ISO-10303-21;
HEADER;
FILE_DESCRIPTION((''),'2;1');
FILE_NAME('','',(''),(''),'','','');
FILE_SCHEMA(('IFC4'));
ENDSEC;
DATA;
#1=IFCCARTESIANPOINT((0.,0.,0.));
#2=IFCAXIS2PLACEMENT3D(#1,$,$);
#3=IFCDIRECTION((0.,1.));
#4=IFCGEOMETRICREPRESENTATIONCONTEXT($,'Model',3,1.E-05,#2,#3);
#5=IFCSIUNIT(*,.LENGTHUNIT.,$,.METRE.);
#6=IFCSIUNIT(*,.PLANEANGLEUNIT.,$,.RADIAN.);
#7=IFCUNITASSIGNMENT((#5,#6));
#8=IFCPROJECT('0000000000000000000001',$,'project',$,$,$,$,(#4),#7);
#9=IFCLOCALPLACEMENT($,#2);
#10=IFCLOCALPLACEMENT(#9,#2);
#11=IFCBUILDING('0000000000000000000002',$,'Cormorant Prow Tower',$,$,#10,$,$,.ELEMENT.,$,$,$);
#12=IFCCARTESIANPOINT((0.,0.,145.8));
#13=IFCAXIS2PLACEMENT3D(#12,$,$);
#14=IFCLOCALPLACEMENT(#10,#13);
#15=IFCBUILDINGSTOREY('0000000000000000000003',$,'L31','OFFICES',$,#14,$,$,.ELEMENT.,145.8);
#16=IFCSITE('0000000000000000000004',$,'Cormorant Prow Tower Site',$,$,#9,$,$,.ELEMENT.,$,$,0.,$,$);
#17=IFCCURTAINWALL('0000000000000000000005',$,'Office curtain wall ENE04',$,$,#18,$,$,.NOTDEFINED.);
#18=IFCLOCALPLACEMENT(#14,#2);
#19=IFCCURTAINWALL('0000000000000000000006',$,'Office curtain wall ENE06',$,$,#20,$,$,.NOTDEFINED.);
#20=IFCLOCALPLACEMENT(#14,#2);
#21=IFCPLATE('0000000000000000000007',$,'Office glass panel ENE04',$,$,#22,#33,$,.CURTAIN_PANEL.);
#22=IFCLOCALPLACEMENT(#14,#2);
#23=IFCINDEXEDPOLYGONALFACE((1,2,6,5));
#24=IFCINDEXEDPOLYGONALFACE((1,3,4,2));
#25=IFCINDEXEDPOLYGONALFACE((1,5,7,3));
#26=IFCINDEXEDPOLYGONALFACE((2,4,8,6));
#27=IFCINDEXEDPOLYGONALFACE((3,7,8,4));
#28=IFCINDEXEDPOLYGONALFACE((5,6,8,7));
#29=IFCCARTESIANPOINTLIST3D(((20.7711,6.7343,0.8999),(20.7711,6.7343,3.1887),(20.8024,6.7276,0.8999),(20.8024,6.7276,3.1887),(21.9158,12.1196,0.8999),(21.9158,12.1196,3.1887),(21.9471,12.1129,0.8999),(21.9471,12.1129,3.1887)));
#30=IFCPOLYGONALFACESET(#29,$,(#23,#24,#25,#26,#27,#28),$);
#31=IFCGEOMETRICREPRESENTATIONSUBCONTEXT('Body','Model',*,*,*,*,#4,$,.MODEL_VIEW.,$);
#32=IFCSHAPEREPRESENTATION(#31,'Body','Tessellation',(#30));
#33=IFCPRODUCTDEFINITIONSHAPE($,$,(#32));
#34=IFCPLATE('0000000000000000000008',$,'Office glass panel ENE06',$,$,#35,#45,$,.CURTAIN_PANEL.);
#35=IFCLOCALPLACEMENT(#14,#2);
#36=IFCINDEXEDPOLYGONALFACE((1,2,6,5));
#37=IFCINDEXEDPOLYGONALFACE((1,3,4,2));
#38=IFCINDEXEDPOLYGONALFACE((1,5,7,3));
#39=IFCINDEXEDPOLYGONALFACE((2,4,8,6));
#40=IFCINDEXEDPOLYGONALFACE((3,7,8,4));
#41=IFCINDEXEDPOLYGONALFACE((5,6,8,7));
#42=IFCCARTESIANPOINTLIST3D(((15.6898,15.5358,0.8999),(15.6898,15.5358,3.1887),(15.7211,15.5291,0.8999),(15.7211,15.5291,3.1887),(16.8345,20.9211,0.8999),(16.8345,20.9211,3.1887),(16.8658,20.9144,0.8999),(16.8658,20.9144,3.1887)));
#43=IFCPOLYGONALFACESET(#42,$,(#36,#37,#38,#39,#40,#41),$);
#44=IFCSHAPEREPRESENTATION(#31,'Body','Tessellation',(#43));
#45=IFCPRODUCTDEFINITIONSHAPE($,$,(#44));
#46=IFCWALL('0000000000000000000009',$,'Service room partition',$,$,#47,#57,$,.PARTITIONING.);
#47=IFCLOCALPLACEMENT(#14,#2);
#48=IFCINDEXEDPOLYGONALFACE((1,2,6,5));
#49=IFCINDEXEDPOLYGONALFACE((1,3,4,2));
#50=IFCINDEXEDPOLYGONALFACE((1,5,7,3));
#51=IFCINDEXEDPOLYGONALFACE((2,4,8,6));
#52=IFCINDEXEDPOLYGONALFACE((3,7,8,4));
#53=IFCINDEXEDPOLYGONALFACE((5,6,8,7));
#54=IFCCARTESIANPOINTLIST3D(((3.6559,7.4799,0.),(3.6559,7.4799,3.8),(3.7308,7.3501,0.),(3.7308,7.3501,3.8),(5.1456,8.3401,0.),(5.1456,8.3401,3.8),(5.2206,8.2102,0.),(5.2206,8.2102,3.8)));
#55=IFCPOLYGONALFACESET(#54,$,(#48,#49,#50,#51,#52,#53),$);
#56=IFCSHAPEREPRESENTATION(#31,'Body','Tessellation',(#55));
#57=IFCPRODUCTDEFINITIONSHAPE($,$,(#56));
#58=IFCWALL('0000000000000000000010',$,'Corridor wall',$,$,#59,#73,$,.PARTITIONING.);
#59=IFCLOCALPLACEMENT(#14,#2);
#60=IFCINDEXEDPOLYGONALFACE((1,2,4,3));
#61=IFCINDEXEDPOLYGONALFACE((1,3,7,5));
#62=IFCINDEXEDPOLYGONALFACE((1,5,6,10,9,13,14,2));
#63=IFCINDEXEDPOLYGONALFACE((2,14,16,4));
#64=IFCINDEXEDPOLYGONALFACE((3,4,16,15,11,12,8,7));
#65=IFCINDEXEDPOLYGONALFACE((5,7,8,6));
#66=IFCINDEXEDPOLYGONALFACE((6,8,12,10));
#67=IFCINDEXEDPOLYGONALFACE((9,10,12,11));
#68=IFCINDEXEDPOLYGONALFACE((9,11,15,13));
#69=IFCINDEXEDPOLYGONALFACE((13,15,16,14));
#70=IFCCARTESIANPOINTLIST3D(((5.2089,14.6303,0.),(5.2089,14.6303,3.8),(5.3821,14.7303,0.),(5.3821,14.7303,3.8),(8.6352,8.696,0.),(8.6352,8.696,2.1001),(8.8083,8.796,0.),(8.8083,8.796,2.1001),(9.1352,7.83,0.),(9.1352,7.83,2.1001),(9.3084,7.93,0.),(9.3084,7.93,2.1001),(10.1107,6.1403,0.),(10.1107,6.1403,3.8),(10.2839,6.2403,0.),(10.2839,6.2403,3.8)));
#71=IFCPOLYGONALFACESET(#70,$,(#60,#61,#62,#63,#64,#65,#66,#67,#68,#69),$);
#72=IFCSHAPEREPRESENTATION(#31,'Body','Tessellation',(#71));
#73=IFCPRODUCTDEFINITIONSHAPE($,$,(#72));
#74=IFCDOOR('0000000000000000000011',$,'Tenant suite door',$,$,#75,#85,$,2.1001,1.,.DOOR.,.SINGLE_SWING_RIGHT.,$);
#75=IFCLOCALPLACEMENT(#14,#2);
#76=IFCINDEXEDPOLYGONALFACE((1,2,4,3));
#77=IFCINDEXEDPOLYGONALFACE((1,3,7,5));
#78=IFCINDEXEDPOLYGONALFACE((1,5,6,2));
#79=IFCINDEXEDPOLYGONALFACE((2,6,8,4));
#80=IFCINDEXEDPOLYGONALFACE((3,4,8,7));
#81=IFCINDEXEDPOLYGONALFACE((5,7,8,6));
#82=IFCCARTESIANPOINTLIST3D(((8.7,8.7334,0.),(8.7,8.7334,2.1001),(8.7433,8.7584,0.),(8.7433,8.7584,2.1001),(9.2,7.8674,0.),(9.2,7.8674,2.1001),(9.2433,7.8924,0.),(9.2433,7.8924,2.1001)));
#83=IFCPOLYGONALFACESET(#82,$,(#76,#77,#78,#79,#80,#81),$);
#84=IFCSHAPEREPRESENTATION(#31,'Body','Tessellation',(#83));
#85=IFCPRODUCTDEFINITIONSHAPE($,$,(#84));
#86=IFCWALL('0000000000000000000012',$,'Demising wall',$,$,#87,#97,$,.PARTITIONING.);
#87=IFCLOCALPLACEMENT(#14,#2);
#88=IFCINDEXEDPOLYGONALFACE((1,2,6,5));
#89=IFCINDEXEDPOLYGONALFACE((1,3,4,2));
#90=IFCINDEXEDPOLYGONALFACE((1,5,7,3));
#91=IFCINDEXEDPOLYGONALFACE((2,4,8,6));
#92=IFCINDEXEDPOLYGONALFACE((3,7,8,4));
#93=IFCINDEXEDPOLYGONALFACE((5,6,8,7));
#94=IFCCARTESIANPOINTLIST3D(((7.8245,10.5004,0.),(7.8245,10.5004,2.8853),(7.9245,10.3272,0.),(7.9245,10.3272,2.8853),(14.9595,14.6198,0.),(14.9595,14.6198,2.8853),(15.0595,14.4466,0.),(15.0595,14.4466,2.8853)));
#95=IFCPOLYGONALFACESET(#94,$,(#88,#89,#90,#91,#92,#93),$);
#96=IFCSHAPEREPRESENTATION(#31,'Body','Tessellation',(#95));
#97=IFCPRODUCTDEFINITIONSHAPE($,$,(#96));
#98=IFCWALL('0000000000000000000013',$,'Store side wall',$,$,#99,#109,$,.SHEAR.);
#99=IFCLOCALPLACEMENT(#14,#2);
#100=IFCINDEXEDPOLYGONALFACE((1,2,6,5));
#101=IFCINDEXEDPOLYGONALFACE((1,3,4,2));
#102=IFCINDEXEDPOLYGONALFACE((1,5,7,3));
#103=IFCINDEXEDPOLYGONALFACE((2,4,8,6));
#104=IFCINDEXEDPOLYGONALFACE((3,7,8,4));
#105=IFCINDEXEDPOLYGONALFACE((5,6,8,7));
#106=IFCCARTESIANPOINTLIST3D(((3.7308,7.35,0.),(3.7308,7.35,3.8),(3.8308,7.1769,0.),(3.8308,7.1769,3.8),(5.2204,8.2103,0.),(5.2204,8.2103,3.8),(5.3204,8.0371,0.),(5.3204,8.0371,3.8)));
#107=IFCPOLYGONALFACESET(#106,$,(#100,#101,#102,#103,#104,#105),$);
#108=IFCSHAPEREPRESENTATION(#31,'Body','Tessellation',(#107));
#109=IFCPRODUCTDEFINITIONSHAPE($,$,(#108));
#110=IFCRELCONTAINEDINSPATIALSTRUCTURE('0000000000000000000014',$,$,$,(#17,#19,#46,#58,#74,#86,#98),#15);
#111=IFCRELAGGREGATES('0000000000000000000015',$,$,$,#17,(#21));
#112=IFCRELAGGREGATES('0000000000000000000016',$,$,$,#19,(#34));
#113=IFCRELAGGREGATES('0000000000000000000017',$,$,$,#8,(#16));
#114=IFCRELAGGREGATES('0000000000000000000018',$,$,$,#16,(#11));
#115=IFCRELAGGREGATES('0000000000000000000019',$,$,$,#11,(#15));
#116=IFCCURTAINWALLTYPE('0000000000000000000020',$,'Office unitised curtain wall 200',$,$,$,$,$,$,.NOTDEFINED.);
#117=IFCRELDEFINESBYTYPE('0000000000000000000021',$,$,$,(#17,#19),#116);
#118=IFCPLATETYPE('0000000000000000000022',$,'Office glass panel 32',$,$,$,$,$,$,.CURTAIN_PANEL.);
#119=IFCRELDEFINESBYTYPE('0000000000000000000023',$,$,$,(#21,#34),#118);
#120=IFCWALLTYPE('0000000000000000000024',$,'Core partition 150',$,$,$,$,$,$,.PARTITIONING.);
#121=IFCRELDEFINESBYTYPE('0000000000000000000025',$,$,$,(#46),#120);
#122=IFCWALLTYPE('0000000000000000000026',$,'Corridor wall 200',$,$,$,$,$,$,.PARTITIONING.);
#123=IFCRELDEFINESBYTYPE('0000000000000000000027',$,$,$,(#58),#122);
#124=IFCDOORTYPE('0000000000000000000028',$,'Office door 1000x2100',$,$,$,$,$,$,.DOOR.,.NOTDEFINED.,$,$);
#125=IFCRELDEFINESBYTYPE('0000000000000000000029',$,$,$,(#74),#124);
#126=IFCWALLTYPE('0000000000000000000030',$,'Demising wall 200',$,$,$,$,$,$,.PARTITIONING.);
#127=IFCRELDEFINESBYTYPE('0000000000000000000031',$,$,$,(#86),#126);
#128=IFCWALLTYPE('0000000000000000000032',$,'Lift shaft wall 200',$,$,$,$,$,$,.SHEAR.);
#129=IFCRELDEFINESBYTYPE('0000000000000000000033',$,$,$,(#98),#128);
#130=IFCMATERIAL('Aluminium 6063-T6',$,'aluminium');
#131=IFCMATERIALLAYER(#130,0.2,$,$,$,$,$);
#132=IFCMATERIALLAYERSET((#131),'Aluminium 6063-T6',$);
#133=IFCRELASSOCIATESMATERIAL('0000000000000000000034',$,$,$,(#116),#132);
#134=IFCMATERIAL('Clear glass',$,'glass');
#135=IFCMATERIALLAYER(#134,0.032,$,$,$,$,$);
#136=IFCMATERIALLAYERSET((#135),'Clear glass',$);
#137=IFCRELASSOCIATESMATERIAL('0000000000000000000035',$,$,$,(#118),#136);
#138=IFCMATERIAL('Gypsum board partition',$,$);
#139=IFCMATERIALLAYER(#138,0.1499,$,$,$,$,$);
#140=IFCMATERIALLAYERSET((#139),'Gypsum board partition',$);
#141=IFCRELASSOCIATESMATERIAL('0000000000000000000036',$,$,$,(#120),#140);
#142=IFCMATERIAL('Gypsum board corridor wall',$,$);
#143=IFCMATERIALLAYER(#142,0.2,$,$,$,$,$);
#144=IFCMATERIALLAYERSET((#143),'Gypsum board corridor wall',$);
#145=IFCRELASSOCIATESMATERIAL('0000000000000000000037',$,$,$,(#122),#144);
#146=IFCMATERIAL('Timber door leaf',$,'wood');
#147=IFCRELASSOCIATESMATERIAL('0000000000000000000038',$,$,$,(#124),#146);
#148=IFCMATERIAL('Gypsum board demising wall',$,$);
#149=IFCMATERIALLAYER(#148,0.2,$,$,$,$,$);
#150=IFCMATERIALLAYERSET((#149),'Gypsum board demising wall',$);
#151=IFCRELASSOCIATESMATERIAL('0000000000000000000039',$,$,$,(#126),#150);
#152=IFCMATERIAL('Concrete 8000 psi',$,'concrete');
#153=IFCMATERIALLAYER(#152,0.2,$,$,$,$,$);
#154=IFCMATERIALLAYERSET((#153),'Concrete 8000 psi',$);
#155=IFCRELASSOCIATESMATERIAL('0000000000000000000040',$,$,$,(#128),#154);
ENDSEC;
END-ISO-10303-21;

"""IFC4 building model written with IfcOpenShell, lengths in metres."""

from ifc_helpers import new_model, si_unit, direction, frame, frame_2d, origin, origin_2d, place, context, subcontext, project, spatial, rectangle, extrude, material, layer, layer_set, type_object, element, fill, aggregate, save


model = new_model("IFC4")

# Units and contexts
model_context = context("Model", 3, precision=1e-05, world=origin(), true_north=direction((0.0, 1.0)))
body_context = subcontext(model_context, "Body", "Model", "MODEL_VIEW")
ifc_project = project(units=[si_unit("LENGTHUNIT", "METRE"), si_unit("PLANEANGLEUNIT", "RADIAN")], contexts=[model_context])

# Site, building, storey
site_placement = place(None, origin())
site = spatial("IfcSite", under=ifc_project, at=site_placement, Name="Cormorant Prow Tower Site", CompositionType="ELEMENT", RefElevation=0.0)
building_placement = place(site_placement, origin())
building = spatial("IfcBuilding", under=site, at=building_placement, Name="Cormorant Prow Tower", CompositionType="ELEMENT")
storey_placement = place(building_placement, frame((0.0, 0.0, 145.8)))
storey = spatial("IfcBuildingStorey", under=building, at=storey_placement, Name="L31", Description="OFFICES", CompositionType="ELEMENT", Elevation=145.8)

# Curtain walls
ifc_material_1 = material(Name="Aluminium 6063-T6", Category="aluminium")
ifc_layer_1 = layer(ifc_material_1, 0.2)
ifc_layer_set_1 = layer_set([ifc_layer_1], Name="Aluminium 6063-T6")
curtain_wall_type = type_object("IfcCurtainWallType", Name="Office unitised curtain wall 200", PredefinedType="NOTDEFINED", material=ifc_layer_set_1)
curtain_wall_1_placement = place(storey_placement, origin())
curtain_wall_1 = element("IfcCurtainWall", 1, at=curtain_wall_1_placement, inside=storey, type_object=curtain_wall_type, Name="Office curtain wall ENE04", PredefinedType="NOTDEFINED")
curtain_wall_2_placement = place(storey_placement, origin())
curtain_wall_2 = element("IfcCurtainWall", 2, at=curtain_wall_2_placement, inside=storey, type_object=curtain_wall_type, Name="Office curtain wall ENE06", PredefinedType="NOTDEFINED")

# Plates
ifc_material_2 = material(Name="Clear glass", Category="glass")
ifc_layer_2 = layer(ifc_material_2, 0.032)
ifc_layer_set_2 = layer_set([ifc_layer_2], Name="Clear glass")
plate_type = type_object("IfcPlateType", Name="Office glass panel 32", PredefinedType="CURTAIN_PANEL", material=ifc_layer_set_2)
plate_1_placement = place(storey_placement, frame((21.3591, 9.4236, 0.8999), z_axis=(0.0, 0.0, 1.0), x_axis=(0.207912, 0.978148, 0.0)))
plate_1 = element("IfcPlate", 3, at=plate_1_placement, type_object=plate_type, Name="Office glass panel ENE04", PredefinedType="CURTAIN_PANEL", context=body_context, shape_type="SweptSolid", body=[
    extrude(rectangle(XDim=5.5056, YDim=0.032, at=origin_2d()), origin(), (0.0, 0.0, 1.0), 2.2888),
])
aggregate(curtain_wall_1, [plate_1])
plate_2_placement = place(storey_placement, frame((16.2778, 18.2251, 0.8999), z_axis=(0.0, 0.0, 1.0), x_axis=(0.207912, 0.978148, 0.0)))
plate_2 = element("IfcPlate", 4, at=plate_2_placement, type_object=plate_type, Name="Office glass panel ENE06", PredefinedType="CURTAIN_PANEL", context=body_context, shape_type="SweptSolid", body=[
    extrude(rectangle(XDim=5.5056, YDim=0.032, at=origin_2d()), origin(), (0.0, 0.0, 1.0), 2.2888),
])
aggregate(curtain_wall_2, [plate_2])

# Wall
ifc_material_3 = material(Name="Gypsum board partition")
ifc_layer_3 = layer(ifc_material_3, 0.1499)
ifc_layer_set_3 = layer_set([ifc_layer_3], Name="Gypsum board partition")
wall_type_1 = type_object("IfcWallType", Name="Core partition 150", PredefinedType="PARTITIONING", material=ifc_layer_set_3)
wall_1_placement = place(storey_placement, frame((3.6934, 7.415, 0.0), z_axis=(0.0, 0.0, 1.0), x_axis=(0.866025, 0.500001, 0.0)))
element("IfcWall", 5, at=wall_1_placement, inside=storey, type_object=wall_type_1, Name="Service room partition", PredefinedType="PARTITIONING", context=body_context, shape_type="SweptSolid", body=[
    extrude(rectangle(XDim=1.7202, YDim=0.1499, at=frame_2d((0.8601, 0.0))), origin(), (0.0, 0.0, 1.0), 3.8),
])

# Wall, opening, door
ifc_material_4 = material(Name="Gypsum board corridor wall")
ifc_layer_4 = layer(ifc_material_4, 0.2)
ifc_layer_set_4 = layer_set([ifc_layer_4], Name="Gypsum board corridor wall")
wall_type_2 = type_object("IfcWallType", Name="Corridor wall 200", PredefinedType="PARTITIONING", material=ifc_layer_set_4)
wall_2_placement = place(storey_placement, frame((5.2954, 14.6804, 0.0), z_axis=(0.0, 0.0, 1.0), x_axis=(0.500012, -0.866018, 0.0)))
wall_2 = element("IfcWall", 6, at=wall_2_placement, inside=storey, type_object=wall_type_2, Name="Corridor wall", PredefinedType="PARTITIONING", context=body_context, shape_type="SweptSolid", body=[
    extrude(rectangle(XDim=9.8035, YDim=0.2, at=frame_2d((4.9019, 0.0))), origin(), (0.0, 0.0, 1.0), 3.8),
])
opening_1_placement = place(wall_2_placement, frame((6.8525, 0.0, 0.0)))
opening_1 = element("IfcOpeningElement", 7, at=opening_1_placement, cuts=wall_2, PredefinedType="OPENING", context=body_context, shape_type="SweptSolid", body=[
    extrude(rectangle(XDim=1.0, YDim=2.1001, at=frame_2d((0.5, 1.05))), frame((0.0, 0.1099, 0.0), z_axis=(0.0, -1.0, 0.0), x_axis=(1.0, 0.0, 0.0)), (0.0, 0.0, 1.0), 0.22),
])
ifc_material_5 = material(Name="Timber door leaf", Category="wood")
door_type_1 = type_object("IfcDoorType", Name="Office door 1000x2100", OperationType="NOTDEFINED", PredefinedType="DOOR", material=ifc_material_5)
door_1_placement = place(opening_1_placement, origin())
door_1 = element("IfcDoor", 8, at=door_1_placement, inside=storey, type_object=door_type_1, Name="Tenant suite door", OperationType="SINGLE_SWING_RIGHT", OverallHeight=2.1001, OverallWidth=1.0, PredefinedType="DOOR", context=body_context, shape_type="SweptSolid", body=[
    extrude(rectangle(XDim=1.0, YDim=2.1001, at=frame_2d((0.5, 1.05))), frame((0.0, 0.0249, 0.0), z_axis=(0.0, -1.0, 0.0), x_axis=(1.0, 0.0, 0.0)), (0.0, 0.0, 1.0), 0.05),
])
fill(opening_1, door_1)

# Walls
ifc_material_6 = material(Name="Gypsum board demising wall")
ifc_layer_5 = layer(ifc_material_6, 0.2)
ifc_layer_set_5 = layer_set([ifc_layer_5], Name="Gypsum board demising wall")
wall_type_3 = type_object("IfcWallType", Name="Demising wall 200", PredefinedType="PARTITIONING", material=ifc_layer_set_5)
wall_3_placement = place(storey_placement, frame((7.8745, 10.4138, 0.0), z_axis=(0.0, 0.0, 1.0), x_axis=(0.866026, 0.499999, 0.0)))
element("IfcWall", 9, at=wall_3_placement, inside=storey, type_object=wall_type_3, Name="Demising wall", PredefinedType="PARTITIONING", context=body_context, shape_type="SweptSolid", body=[
    extrude(rectangle(XDim=8.2388, YDim=0.2, at=frame_2d((4.1194, 0.0))), origin(), (0.0, 0.0, 1.0), 2.8853),
])
ifc_material_7 = material(Name="Concrete 8000 psi", Category="concrete")
ifc_layer_6 = layer(ifc_material_7, 0.2)
ifc_layer_set_6 = layer_set([ifc_layer_6], Name="Concrete 8000 psi")
wall_type_4 = type_object("IfcWallType", Name="Lift shaft wall 200", PredefinedType="SHEAR", material=ifc_layer_set_6)
wall_4_placement = place(storey_placement, frame((3.7808, 7.2634, 0.0), z_axis=(0.0, 0.0, 1.0), x_axis=(0.865963, 0.500107, 0.0)))
element("IfcWall", 10, at=wall_4_placement, inside=storey, type_object=wall_type_4, Name="Store side wall", PredefinedType="SHEAR", context=body_context, shape_type="SweptSolid", body=[
    extrude(rectangle(XDim=1.7202, YDim=0.2, at=frame_2d((0.8601, 0.0))), origin(), (0.0, 0.0, 1.0), 3.8),
])

save(model, "model.ifc")
